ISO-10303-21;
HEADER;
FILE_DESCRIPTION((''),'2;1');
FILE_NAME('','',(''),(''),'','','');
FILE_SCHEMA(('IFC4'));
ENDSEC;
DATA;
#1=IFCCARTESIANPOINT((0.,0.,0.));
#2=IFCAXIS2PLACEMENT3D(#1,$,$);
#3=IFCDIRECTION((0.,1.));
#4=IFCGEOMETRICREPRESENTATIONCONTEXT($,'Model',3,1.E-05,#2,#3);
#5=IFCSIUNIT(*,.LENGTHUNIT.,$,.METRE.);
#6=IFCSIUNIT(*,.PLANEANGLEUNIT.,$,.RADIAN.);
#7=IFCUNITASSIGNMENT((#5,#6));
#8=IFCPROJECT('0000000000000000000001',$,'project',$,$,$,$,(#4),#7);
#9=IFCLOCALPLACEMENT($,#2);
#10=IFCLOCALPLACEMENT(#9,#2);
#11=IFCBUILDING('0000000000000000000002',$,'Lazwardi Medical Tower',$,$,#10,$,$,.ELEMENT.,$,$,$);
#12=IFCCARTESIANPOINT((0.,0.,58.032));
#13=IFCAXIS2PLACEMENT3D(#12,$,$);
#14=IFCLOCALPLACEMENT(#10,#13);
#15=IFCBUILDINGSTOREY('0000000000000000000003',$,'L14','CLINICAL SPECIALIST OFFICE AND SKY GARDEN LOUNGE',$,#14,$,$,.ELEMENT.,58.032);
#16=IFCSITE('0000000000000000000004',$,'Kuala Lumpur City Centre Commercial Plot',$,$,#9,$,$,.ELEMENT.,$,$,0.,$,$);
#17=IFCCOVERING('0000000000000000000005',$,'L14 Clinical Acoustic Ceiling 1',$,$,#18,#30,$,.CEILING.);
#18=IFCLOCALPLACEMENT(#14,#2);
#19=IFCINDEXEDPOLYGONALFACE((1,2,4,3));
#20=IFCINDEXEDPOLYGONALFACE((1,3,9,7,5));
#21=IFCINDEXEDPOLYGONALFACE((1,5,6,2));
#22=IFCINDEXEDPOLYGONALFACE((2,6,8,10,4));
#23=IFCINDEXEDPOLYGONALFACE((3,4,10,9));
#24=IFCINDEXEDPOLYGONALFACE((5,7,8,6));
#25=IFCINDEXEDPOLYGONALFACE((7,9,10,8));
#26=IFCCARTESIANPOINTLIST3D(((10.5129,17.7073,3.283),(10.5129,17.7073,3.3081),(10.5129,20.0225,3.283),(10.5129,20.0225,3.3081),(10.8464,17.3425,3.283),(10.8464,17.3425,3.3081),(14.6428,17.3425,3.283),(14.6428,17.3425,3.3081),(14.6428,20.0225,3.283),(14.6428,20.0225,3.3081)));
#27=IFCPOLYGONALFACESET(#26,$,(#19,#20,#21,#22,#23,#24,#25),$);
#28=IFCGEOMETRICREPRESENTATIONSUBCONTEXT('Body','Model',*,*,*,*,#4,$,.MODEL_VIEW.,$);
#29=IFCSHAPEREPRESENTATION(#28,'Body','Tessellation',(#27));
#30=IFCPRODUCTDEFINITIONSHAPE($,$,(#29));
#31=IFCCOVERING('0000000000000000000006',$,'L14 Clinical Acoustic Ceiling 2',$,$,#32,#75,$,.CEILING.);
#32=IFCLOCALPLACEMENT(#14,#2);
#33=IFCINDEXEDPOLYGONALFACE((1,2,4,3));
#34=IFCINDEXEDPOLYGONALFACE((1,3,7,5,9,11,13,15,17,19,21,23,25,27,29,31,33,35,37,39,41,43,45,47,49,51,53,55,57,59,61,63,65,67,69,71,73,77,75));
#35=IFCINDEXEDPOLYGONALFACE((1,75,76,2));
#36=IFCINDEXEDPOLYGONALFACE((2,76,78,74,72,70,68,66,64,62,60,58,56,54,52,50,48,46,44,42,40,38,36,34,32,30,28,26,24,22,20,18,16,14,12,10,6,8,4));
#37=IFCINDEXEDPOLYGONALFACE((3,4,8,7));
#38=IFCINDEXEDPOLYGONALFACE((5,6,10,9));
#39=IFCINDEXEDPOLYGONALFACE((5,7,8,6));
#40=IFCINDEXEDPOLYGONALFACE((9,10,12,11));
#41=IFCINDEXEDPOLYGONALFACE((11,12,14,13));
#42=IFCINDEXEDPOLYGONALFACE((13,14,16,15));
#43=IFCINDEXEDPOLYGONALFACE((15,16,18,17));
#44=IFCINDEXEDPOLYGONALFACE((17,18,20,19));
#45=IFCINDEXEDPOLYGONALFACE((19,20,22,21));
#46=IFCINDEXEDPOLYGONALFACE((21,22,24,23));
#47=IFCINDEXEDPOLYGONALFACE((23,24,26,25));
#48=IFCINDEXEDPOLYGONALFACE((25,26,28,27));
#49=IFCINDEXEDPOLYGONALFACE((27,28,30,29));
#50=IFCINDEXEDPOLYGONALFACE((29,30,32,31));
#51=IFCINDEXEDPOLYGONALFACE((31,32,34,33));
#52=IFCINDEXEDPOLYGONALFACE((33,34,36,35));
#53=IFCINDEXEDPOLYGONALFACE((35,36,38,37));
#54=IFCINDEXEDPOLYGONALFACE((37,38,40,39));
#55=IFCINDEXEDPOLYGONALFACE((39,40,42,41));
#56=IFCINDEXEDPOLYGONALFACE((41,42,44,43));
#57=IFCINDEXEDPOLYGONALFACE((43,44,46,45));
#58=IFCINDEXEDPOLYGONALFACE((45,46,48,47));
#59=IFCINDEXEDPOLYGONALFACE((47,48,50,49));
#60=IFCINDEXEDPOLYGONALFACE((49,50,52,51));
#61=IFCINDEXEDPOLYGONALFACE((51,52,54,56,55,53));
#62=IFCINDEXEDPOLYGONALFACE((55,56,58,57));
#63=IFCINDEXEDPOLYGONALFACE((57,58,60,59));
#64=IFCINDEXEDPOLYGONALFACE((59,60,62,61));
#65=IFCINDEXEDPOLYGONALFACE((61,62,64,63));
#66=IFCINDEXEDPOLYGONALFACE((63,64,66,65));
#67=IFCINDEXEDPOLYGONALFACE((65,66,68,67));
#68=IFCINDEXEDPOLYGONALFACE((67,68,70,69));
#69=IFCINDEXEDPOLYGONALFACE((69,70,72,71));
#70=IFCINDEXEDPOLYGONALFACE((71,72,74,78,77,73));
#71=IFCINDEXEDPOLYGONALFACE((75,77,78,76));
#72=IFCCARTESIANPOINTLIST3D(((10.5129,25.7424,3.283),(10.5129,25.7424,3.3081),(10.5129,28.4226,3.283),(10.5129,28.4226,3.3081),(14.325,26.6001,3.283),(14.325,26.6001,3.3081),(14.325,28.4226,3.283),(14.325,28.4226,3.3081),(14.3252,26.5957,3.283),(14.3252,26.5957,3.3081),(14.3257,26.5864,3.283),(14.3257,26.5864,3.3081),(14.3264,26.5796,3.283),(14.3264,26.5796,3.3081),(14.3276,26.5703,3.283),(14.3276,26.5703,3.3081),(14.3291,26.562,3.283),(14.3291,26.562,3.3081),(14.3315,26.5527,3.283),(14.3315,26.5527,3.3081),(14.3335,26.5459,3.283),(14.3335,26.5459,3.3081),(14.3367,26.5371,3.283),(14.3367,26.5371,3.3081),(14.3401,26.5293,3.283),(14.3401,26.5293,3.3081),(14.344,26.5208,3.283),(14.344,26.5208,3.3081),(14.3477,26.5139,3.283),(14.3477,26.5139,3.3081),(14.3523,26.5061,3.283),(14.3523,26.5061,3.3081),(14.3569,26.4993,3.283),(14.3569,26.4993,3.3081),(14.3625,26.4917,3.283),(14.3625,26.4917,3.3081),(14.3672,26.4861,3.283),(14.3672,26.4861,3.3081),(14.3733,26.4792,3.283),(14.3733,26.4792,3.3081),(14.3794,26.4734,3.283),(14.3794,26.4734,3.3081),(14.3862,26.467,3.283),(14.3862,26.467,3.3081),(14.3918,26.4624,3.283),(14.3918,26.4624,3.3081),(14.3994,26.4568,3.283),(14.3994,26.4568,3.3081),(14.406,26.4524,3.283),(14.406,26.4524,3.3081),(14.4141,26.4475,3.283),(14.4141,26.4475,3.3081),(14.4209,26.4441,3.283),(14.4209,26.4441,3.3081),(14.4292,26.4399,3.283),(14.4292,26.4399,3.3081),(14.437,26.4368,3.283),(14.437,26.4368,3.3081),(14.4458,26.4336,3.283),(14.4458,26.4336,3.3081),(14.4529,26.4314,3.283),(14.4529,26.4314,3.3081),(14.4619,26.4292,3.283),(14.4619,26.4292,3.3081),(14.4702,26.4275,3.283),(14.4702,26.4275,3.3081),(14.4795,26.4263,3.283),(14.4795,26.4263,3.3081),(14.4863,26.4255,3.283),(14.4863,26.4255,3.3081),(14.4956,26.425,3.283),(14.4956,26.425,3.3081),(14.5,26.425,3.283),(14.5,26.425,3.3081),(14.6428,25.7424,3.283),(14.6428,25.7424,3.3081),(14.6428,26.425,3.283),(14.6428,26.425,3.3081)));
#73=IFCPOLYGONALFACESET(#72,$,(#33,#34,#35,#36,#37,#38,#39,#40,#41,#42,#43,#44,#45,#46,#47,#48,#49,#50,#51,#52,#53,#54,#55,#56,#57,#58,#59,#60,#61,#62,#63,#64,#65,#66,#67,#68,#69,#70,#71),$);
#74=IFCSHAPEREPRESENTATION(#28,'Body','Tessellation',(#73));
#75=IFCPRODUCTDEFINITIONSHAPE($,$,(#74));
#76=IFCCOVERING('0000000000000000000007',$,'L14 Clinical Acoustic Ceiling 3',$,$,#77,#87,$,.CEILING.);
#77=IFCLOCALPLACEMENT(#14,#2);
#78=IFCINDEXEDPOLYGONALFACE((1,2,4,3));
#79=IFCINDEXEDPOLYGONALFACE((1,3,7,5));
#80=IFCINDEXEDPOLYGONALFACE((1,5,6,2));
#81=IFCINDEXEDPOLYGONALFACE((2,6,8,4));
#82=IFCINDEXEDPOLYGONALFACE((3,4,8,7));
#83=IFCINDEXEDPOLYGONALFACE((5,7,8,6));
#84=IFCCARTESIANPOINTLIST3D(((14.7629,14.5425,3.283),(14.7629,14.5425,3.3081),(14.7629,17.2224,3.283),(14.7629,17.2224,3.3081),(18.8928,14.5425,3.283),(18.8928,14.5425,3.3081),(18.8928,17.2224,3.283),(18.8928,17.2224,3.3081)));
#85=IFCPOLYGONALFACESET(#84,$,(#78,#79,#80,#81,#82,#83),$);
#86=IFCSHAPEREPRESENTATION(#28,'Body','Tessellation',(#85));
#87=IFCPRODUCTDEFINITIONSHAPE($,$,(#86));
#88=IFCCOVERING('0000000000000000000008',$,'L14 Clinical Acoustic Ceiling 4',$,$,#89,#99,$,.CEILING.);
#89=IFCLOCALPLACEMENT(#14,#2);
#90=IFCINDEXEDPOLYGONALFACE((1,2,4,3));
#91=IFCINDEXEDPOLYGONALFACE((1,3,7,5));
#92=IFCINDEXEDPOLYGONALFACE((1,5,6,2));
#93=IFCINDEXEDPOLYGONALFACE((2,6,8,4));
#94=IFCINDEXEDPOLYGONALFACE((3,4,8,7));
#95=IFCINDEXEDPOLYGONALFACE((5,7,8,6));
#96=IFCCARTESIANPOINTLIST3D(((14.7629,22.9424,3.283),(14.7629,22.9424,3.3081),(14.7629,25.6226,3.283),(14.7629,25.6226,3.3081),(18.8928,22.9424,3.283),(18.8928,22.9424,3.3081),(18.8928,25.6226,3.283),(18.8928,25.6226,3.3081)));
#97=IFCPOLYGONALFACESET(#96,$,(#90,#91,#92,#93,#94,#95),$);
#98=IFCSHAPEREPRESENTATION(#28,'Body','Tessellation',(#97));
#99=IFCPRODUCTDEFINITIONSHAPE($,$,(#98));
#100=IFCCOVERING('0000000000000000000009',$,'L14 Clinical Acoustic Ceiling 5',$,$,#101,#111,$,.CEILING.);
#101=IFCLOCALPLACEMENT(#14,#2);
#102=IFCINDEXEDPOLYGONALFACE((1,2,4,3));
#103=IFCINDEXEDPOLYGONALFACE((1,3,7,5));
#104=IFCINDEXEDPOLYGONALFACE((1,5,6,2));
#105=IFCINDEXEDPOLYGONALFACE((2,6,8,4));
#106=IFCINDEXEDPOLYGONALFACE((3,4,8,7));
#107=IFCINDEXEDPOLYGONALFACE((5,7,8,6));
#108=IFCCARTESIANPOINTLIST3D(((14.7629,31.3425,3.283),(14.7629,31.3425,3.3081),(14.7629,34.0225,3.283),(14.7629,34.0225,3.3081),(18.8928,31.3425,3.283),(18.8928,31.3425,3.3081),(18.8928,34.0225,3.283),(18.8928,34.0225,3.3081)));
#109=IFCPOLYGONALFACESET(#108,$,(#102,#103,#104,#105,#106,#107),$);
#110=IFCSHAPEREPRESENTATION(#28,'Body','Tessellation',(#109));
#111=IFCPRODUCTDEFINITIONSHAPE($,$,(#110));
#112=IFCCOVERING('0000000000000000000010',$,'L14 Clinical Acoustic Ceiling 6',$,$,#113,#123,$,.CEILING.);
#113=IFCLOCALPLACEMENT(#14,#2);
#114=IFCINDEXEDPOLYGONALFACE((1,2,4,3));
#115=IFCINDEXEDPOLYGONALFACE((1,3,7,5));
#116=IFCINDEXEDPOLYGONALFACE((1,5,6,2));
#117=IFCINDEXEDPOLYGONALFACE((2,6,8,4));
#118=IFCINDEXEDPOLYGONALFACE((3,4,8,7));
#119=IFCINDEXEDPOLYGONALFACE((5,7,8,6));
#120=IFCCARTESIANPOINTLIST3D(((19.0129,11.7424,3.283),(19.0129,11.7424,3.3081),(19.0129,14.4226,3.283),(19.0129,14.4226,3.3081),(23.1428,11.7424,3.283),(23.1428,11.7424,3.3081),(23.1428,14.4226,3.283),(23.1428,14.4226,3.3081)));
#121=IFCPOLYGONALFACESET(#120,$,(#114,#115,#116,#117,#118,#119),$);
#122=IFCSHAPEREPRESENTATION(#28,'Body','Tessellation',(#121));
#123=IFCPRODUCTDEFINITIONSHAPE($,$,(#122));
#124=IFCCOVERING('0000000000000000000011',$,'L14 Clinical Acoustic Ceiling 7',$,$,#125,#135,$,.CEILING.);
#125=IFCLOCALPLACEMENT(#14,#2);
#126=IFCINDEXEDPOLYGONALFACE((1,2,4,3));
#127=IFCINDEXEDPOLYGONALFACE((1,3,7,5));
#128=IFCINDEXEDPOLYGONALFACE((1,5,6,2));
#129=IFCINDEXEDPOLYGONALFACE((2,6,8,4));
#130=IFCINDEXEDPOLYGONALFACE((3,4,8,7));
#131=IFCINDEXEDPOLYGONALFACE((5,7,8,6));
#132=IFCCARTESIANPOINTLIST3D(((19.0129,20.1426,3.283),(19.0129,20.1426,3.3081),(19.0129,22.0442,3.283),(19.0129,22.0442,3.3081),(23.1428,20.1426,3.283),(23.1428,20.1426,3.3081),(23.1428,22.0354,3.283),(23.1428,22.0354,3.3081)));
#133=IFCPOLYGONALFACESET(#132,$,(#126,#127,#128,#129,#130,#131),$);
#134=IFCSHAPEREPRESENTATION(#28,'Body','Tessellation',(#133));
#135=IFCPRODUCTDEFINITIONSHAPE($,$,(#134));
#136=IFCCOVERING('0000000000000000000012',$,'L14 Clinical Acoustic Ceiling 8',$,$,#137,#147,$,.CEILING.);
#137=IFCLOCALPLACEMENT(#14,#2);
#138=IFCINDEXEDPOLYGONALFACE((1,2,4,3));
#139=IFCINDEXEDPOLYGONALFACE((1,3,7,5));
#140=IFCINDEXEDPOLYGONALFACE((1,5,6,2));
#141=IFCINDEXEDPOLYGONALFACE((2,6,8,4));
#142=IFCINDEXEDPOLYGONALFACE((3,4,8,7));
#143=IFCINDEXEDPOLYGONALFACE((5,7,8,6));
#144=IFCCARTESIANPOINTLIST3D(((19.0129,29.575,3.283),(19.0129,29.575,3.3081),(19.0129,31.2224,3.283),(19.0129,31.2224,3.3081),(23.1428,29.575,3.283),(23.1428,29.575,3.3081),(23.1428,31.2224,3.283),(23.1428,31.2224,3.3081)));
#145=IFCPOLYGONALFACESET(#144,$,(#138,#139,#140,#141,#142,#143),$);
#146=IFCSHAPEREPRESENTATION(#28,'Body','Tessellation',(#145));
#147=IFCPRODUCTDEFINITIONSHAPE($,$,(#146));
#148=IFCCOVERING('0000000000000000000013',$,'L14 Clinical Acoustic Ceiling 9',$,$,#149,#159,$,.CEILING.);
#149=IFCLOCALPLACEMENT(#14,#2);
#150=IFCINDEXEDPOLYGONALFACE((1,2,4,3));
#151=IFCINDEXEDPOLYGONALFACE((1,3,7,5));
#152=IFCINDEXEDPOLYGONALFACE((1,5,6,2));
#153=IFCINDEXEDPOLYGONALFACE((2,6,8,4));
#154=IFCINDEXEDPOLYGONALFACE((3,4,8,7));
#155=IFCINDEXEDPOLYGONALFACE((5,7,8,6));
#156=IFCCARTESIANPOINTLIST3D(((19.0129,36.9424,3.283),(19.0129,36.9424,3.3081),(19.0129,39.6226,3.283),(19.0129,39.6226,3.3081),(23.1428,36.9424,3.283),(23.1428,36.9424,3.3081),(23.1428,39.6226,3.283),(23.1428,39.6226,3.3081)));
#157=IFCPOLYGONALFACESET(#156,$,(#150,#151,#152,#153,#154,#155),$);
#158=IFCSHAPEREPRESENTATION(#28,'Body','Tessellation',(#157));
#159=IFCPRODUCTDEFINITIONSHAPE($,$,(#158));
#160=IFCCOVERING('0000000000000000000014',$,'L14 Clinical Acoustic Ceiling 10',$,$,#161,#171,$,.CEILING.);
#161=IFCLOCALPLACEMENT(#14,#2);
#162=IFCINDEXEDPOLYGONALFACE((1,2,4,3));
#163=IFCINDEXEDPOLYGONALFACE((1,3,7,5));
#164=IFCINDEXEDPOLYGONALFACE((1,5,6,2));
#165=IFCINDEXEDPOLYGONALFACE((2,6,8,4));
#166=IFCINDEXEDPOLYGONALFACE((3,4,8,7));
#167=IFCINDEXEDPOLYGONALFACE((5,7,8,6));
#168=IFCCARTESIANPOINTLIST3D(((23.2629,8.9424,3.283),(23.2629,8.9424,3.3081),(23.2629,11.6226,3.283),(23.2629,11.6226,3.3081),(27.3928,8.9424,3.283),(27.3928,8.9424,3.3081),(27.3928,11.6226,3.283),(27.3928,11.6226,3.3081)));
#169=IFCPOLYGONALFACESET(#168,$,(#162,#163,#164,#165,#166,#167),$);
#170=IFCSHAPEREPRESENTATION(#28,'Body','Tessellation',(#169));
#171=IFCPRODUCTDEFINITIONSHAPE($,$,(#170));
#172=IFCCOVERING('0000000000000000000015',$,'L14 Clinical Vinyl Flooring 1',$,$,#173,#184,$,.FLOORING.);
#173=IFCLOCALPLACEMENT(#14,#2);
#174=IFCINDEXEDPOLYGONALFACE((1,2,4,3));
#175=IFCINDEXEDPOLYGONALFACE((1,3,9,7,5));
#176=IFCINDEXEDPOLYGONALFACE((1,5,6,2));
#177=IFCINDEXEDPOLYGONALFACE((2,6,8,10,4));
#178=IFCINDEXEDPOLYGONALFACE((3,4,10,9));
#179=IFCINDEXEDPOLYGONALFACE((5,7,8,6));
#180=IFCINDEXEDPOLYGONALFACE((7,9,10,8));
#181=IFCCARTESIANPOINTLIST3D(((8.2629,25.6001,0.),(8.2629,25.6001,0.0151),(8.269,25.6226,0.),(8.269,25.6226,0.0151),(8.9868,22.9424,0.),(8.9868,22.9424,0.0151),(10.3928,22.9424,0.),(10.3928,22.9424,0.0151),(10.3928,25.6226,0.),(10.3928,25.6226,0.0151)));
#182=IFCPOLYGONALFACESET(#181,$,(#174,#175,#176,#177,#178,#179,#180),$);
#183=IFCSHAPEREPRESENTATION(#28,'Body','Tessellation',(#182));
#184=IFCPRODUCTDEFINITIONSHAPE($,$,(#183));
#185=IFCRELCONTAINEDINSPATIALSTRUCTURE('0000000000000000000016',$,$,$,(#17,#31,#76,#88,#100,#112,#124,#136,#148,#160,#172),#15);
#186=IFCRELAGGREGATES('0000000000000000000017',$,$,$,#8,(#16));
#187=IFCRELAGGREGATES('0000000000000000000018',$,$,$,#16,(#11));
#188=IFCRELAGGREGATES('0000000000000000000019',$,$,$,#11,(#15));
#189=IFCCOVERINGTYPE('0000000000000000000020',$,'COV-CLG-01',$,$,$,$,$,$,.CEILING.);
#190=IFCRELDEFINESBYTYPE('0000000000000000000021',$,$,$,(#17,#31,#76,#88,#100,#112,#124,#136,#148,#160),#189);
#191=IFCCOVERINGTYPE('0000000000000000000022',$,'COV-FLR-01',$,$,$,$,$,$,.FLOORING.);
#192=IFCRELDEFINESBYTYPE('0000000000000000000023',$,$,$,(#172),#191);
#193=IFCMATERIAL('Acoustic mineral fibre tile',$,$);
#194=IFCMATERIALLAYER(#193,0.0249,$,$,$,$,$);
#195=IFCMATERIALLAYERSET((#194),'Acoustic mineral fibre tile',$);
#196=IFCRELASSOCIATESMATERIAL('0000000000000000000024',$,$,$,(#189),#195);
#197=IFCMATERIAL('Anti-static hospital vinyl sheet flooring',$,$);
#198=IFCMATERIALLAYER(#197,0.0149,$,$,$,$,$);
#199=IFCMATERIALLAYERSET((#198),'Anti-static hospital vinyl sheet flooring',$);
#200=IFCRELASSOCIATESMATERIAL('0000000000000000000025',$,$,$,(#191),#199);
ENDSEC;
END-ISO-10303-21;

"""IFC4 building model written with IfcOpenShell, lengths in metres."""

from ifc_helpers import new_model, si_unit, direction, frame, origin, place, context, subcontext, project, spatial, polyline, outline, extrude, material, layer, layer_set, type_object, element, save


model = new_model("IFC4")

# Units and contexts
model_context = context("Model", 3, precision=1e-05, world=origin(), true_north=direction((0.0, 1.0)))
body_context = subcontext(model_context, "Body", "Model", "MODEL_VIEW")
ifc_project = project(units=[si_unit("LENGTHUNIT", "METRE"), si_unit("PLANEANGLEUNIT", "RADIAN")], contexts=[model_context])

# Site, building, storey
site_placement = place(None, origin())
site = spatial("IfcSite", under=ifc_project, at=site_placement, Name="Kuala Lumpur City Centre Commercial Plot", CompositionType="ELEMENT", RefElevation=0.0)
building_placement = place(site_placement, origin())
building = spatial("IfcBuilding", under=site, at=building_placement, Name="Lazwardi Medical Tower", CompositionType="ELEMENT")
storey_placement = place(building_placement, frame((0.0, 0.0, 58.032)))
storey = spatial("IfcBuildingStorey", under=building, at=storey_placement, Name="L14", Description="CLINICAL SPECIALIST OFFICE AND SKY GARDEN LOUNGE", CompositionType="ELEMENT", Elevation=58.032)

# Coverings
ifc_material_1 = material(Name="Acoustic mineral fibre tile")
ifc_layer_1 = layer(ifc_material_1, 0.0249)
ifc_layer_set_1 = layer_set([ifc_layer_1], Name="Acoustic mineral fibre tile")
covering_type_1 = type_object("IfcCoveringType", Name="COV-CLG-01", PredefinedType="CEILING", material=ifc_layer_set_1)
covering_1_placement = place(storey_placement, frame((0.0, 0.0, 3.283)))
element("IfcCovering", 1, at=covering_1_placement, inside=storey, type_object=covering_type_1, Name="L14 Clinical Acoustic Ceiling 1", PredefinedType="CEILING", context=body_context, shape_type="SweptSolid", body=[
    extrude(outline(polyline([(10.5129, 17.7073), (10.8464, 17.3425), (14.6428, 17.3425), (14.6428, 20.0225), (10.5129, 20.0225), (10.5129, 17.7073)])), origin(), (0.0, 0.0, 1.0), 0.0251),
])
covering_2_placement = place(storey_placement, frame((0.0, 0.0, 3.283)))
element("IfcCovering", 2, at=covering_2_placement, inside=storey, type_object=covering_type_1, Name="L14 Clinical Acoustic Ceiling 2", PredefinedType="CEILING", context=body_context, shape_type="SweptSolid", body=[
    extrude(outline(polyline([(14.6428, 26.425), (14.5, 26.425), (14.4956, 26.425), (14.4863, 26.4255), (14.4795, 26.4263), (14.4702, 26.4275), (14.4619, 26.4292), (14.4529, 26.4314), (14.4458, 26.4336), (14.437, 26.4368), (14.4292, 26.4399), (14.4209, 26.4441), (14.4141, 26.4475), (14.406, 26.4524), (14.3994, 26.4568), (14.3918, 26.4624), (14.3862, 26.467), (14.3794, 26.4734), (14.3733, 26.4792), (14.3672, 26.4861), (14.3625, 26.4917), (14.3569, 26.4993), (14.3523, 26.5061), (14.3477, 26.5139), (14.344, 26.5208), (14.3401, 26.5293), (14.3367, 26.5371), (14.3335, 26.5459), (14.3315, 26.5527), (14.3291, 26.562), (14.3276, 26.5703), (14.3264, 26.5796), (14.3257, 26.5864), (14.3252, 26.5957), (14.325, 26.6001), (14.325, 28.4226), (10.5129, 28.4226), (10.5129, 25.7424), (14.6428, 25.7424), (14.6428, 26.425)])), origin(), (0.0, 0.0, 1.0), 0.0251),
])
covering_3_placement = place(storey_placement, frame((0.0, 0.0, 3.283)))
element("IfcCovering", 3, at=covering_3_placement, inside=storey, type_object=covering_type_1, Name="L14 Clinical Acoustic Ceiling 3", PredefinedType="CEILING", context=body_context, shape_type="SweptSolid", body=[
    extrude(outline(polyline([(18.8928, 14.5425), (18.8928, 17.2224), (14.7629, 17.2224), (14.7629, 14.5425), (18.8928, 14.5425)])), origin(), (0.0, 0.0, 1.0), 0.0251),
])
covering_4_placement = place(storey_placement, frame((0.0, 0.0, 3.283)))
element("IfcCovering", 4, at=covering_4_placement, inside=storey, type_object=covering_type_1, Name="L14 Clinical Acoustic Ceiling 4", PredefinedType="CEILING", context=body_context, shape_type="SweptSolid", body=[
    extrude(outline(polyline([(18.8928, 22.9424), (18.8928, 25.6226), (14.7629, 25.6226), (14.7629, 22.9424), (18.8928, 22.9424)])), origin(), (0.0, 0.0, 1.0), 0.0251),
])
covering_5_placement = place(storey_placement, frame((0.0, 0.0, 3.283)))
element("IfcCovering", 5, at=covering_5_placement, inside=storey, type_object=covering_type_1, Name="L14 Clinical Acoustic Ceiling 5", PredefinedType="CEILING", context=body_context, shape_type="SweptSolid", body=[
    extrude(outline(polyline([(18.8928, 31.3425), (18.8928, 34.0225), (14.7629, 34.0225), (14.7629, 31.3425), (18.8928, 31.3425)])), origin(), (0.0, 0.0, 1.0), 0.0251),
])
covering_6_placement = place(storey_placement, frame((0.0, 0.0, 3.283)))
element("IfcCovering", 6, at=covering_6_placement, inside=storey, type_object=covering_type_1, Name="L14 Clinical Acoustic Ceiling 6", PredefinedType="CEILING", context=body_context, shape_type="SweptSolid", body=[
    extrude(outline(polyline([(23.1428, 11.7424), (23.1428, 14.4226), (19.0129, 14.4226), (19.0129, 11.7424), (23.1428, 11.7424)])), origin(), (0.0, 0.0, 1.0), 0.0251),
])
covering_7_placement = place(storey_placement, frame((0.0, 0.0, 3.283)))
element("IfcCovering", 7, at=covering_7_placement, inside=storey, type_object=covering_type_1, Name="L14 Clinical Acoustic Ceiling 7", PredefinedType="CEILING", context=body_context, shape_type="SweptSolid", body=[
    extrude(outline(polyline([(23.1428, 22.0354), (19.0129, 22.0442), (19.0129, 20.1426), (23.1428, 20.1426), (23.1428, 22.0354)])), origin(), (0.0, 0.0, 1.0), 0.0251),
])
covering_8_placement = place(storey_placement, frame((0.0, 0.0, 3.283)))
element("IfcCovering", 8, at=covering_8_placement, inside=storey, type_object=covering_type_1, Name="L14 Clinical Acoustic Ceiling 8", PredefinedType="CEILING", context=body_context, shape_type="SweptSolid", body=[
    extrude(outline(polyline([(19.0129, 29.575), (23.1428, 29.575), (23.1428, 31.2224), (19.0129, 31.2224), (19.0129, 29.575)])), origin(), (0.0, 0.0, 1.0), 0.0251),
])
covering_9_placement = place(storey_placement, frame((0.0, 0.0, 3.283)))
element("IfcCovering", 9, at=covering_9_placement, inside=storey, type_object=covering_type_1, Name="L14 Clinical Acoustic Ceiling 9", PredefinedType="CEILING", context=body_context, shape_type="SweptSolid", body=[
    extrude(outline(polyline([(23.1428, 36.9424), (23.1428, 39.6226), (19.0129, 39.6226), (19.0129, 36.9424), (23.1428, 36.9424)])), origin(), (0.0, 0.0, 1.0), 0.0251),
])
covering_10_placement = place(storey_placement, frame((0.0, 0.0, 3.283)))
element("IfcCovering", 10, at=covering_10_placement, inside=storey, type_object=covering_type_1, Name="L14 Clinical Acoustic Ceiling 10", PredefinedType="CEILING", context=body_context, shape_type="SweptSolid", body=[
    extrude(outline(polyline([(27.3928, 8.9424), (27.3928, 11.6226), (23.2629, 11.6226), (23.2629, 8.9424), (27.3928, 8.9424)])), origin(), (0.0, 0.0, 1.0), 0.0251),
])
ifc_material_2 = material(Name="Anti-static hospital vinyl sheet flooring")
ifc_layer_2 = layer(ifc_material_2, 0.0149)
ifc_layer_set_2 = layer_set([ifc_layer_2], Name="Anti-static hospital vinyl sheet flooring")
covering_type_2 = type_object("IfcCoveringType", Name="COV-FLR-01", PredefinedType="FLOORING", material=ifc_layer_set_2)
covering_11_placement = place(storey_placement, origin())
element("IfcCovering", 11, at=covering_11_placement, inside=storey, type_object=covering_type_2, Name="L14 Clinical Vinyl Flooring 1", PredefinedType="FLOORING", context=body_context, shape_type="SweptSolid", body=[
    extrude(outline(polyline([(8.269, 25.6226), (8.2629, 25.6001), (8.9868, 22.9424), (10.3928, 22.9424), (10.3928, 25.6226), (8.269, 25.6226)])), origin(), (0.0, 0.0, 1.0), 0.0151),
])

save(model, "model.ifc")
